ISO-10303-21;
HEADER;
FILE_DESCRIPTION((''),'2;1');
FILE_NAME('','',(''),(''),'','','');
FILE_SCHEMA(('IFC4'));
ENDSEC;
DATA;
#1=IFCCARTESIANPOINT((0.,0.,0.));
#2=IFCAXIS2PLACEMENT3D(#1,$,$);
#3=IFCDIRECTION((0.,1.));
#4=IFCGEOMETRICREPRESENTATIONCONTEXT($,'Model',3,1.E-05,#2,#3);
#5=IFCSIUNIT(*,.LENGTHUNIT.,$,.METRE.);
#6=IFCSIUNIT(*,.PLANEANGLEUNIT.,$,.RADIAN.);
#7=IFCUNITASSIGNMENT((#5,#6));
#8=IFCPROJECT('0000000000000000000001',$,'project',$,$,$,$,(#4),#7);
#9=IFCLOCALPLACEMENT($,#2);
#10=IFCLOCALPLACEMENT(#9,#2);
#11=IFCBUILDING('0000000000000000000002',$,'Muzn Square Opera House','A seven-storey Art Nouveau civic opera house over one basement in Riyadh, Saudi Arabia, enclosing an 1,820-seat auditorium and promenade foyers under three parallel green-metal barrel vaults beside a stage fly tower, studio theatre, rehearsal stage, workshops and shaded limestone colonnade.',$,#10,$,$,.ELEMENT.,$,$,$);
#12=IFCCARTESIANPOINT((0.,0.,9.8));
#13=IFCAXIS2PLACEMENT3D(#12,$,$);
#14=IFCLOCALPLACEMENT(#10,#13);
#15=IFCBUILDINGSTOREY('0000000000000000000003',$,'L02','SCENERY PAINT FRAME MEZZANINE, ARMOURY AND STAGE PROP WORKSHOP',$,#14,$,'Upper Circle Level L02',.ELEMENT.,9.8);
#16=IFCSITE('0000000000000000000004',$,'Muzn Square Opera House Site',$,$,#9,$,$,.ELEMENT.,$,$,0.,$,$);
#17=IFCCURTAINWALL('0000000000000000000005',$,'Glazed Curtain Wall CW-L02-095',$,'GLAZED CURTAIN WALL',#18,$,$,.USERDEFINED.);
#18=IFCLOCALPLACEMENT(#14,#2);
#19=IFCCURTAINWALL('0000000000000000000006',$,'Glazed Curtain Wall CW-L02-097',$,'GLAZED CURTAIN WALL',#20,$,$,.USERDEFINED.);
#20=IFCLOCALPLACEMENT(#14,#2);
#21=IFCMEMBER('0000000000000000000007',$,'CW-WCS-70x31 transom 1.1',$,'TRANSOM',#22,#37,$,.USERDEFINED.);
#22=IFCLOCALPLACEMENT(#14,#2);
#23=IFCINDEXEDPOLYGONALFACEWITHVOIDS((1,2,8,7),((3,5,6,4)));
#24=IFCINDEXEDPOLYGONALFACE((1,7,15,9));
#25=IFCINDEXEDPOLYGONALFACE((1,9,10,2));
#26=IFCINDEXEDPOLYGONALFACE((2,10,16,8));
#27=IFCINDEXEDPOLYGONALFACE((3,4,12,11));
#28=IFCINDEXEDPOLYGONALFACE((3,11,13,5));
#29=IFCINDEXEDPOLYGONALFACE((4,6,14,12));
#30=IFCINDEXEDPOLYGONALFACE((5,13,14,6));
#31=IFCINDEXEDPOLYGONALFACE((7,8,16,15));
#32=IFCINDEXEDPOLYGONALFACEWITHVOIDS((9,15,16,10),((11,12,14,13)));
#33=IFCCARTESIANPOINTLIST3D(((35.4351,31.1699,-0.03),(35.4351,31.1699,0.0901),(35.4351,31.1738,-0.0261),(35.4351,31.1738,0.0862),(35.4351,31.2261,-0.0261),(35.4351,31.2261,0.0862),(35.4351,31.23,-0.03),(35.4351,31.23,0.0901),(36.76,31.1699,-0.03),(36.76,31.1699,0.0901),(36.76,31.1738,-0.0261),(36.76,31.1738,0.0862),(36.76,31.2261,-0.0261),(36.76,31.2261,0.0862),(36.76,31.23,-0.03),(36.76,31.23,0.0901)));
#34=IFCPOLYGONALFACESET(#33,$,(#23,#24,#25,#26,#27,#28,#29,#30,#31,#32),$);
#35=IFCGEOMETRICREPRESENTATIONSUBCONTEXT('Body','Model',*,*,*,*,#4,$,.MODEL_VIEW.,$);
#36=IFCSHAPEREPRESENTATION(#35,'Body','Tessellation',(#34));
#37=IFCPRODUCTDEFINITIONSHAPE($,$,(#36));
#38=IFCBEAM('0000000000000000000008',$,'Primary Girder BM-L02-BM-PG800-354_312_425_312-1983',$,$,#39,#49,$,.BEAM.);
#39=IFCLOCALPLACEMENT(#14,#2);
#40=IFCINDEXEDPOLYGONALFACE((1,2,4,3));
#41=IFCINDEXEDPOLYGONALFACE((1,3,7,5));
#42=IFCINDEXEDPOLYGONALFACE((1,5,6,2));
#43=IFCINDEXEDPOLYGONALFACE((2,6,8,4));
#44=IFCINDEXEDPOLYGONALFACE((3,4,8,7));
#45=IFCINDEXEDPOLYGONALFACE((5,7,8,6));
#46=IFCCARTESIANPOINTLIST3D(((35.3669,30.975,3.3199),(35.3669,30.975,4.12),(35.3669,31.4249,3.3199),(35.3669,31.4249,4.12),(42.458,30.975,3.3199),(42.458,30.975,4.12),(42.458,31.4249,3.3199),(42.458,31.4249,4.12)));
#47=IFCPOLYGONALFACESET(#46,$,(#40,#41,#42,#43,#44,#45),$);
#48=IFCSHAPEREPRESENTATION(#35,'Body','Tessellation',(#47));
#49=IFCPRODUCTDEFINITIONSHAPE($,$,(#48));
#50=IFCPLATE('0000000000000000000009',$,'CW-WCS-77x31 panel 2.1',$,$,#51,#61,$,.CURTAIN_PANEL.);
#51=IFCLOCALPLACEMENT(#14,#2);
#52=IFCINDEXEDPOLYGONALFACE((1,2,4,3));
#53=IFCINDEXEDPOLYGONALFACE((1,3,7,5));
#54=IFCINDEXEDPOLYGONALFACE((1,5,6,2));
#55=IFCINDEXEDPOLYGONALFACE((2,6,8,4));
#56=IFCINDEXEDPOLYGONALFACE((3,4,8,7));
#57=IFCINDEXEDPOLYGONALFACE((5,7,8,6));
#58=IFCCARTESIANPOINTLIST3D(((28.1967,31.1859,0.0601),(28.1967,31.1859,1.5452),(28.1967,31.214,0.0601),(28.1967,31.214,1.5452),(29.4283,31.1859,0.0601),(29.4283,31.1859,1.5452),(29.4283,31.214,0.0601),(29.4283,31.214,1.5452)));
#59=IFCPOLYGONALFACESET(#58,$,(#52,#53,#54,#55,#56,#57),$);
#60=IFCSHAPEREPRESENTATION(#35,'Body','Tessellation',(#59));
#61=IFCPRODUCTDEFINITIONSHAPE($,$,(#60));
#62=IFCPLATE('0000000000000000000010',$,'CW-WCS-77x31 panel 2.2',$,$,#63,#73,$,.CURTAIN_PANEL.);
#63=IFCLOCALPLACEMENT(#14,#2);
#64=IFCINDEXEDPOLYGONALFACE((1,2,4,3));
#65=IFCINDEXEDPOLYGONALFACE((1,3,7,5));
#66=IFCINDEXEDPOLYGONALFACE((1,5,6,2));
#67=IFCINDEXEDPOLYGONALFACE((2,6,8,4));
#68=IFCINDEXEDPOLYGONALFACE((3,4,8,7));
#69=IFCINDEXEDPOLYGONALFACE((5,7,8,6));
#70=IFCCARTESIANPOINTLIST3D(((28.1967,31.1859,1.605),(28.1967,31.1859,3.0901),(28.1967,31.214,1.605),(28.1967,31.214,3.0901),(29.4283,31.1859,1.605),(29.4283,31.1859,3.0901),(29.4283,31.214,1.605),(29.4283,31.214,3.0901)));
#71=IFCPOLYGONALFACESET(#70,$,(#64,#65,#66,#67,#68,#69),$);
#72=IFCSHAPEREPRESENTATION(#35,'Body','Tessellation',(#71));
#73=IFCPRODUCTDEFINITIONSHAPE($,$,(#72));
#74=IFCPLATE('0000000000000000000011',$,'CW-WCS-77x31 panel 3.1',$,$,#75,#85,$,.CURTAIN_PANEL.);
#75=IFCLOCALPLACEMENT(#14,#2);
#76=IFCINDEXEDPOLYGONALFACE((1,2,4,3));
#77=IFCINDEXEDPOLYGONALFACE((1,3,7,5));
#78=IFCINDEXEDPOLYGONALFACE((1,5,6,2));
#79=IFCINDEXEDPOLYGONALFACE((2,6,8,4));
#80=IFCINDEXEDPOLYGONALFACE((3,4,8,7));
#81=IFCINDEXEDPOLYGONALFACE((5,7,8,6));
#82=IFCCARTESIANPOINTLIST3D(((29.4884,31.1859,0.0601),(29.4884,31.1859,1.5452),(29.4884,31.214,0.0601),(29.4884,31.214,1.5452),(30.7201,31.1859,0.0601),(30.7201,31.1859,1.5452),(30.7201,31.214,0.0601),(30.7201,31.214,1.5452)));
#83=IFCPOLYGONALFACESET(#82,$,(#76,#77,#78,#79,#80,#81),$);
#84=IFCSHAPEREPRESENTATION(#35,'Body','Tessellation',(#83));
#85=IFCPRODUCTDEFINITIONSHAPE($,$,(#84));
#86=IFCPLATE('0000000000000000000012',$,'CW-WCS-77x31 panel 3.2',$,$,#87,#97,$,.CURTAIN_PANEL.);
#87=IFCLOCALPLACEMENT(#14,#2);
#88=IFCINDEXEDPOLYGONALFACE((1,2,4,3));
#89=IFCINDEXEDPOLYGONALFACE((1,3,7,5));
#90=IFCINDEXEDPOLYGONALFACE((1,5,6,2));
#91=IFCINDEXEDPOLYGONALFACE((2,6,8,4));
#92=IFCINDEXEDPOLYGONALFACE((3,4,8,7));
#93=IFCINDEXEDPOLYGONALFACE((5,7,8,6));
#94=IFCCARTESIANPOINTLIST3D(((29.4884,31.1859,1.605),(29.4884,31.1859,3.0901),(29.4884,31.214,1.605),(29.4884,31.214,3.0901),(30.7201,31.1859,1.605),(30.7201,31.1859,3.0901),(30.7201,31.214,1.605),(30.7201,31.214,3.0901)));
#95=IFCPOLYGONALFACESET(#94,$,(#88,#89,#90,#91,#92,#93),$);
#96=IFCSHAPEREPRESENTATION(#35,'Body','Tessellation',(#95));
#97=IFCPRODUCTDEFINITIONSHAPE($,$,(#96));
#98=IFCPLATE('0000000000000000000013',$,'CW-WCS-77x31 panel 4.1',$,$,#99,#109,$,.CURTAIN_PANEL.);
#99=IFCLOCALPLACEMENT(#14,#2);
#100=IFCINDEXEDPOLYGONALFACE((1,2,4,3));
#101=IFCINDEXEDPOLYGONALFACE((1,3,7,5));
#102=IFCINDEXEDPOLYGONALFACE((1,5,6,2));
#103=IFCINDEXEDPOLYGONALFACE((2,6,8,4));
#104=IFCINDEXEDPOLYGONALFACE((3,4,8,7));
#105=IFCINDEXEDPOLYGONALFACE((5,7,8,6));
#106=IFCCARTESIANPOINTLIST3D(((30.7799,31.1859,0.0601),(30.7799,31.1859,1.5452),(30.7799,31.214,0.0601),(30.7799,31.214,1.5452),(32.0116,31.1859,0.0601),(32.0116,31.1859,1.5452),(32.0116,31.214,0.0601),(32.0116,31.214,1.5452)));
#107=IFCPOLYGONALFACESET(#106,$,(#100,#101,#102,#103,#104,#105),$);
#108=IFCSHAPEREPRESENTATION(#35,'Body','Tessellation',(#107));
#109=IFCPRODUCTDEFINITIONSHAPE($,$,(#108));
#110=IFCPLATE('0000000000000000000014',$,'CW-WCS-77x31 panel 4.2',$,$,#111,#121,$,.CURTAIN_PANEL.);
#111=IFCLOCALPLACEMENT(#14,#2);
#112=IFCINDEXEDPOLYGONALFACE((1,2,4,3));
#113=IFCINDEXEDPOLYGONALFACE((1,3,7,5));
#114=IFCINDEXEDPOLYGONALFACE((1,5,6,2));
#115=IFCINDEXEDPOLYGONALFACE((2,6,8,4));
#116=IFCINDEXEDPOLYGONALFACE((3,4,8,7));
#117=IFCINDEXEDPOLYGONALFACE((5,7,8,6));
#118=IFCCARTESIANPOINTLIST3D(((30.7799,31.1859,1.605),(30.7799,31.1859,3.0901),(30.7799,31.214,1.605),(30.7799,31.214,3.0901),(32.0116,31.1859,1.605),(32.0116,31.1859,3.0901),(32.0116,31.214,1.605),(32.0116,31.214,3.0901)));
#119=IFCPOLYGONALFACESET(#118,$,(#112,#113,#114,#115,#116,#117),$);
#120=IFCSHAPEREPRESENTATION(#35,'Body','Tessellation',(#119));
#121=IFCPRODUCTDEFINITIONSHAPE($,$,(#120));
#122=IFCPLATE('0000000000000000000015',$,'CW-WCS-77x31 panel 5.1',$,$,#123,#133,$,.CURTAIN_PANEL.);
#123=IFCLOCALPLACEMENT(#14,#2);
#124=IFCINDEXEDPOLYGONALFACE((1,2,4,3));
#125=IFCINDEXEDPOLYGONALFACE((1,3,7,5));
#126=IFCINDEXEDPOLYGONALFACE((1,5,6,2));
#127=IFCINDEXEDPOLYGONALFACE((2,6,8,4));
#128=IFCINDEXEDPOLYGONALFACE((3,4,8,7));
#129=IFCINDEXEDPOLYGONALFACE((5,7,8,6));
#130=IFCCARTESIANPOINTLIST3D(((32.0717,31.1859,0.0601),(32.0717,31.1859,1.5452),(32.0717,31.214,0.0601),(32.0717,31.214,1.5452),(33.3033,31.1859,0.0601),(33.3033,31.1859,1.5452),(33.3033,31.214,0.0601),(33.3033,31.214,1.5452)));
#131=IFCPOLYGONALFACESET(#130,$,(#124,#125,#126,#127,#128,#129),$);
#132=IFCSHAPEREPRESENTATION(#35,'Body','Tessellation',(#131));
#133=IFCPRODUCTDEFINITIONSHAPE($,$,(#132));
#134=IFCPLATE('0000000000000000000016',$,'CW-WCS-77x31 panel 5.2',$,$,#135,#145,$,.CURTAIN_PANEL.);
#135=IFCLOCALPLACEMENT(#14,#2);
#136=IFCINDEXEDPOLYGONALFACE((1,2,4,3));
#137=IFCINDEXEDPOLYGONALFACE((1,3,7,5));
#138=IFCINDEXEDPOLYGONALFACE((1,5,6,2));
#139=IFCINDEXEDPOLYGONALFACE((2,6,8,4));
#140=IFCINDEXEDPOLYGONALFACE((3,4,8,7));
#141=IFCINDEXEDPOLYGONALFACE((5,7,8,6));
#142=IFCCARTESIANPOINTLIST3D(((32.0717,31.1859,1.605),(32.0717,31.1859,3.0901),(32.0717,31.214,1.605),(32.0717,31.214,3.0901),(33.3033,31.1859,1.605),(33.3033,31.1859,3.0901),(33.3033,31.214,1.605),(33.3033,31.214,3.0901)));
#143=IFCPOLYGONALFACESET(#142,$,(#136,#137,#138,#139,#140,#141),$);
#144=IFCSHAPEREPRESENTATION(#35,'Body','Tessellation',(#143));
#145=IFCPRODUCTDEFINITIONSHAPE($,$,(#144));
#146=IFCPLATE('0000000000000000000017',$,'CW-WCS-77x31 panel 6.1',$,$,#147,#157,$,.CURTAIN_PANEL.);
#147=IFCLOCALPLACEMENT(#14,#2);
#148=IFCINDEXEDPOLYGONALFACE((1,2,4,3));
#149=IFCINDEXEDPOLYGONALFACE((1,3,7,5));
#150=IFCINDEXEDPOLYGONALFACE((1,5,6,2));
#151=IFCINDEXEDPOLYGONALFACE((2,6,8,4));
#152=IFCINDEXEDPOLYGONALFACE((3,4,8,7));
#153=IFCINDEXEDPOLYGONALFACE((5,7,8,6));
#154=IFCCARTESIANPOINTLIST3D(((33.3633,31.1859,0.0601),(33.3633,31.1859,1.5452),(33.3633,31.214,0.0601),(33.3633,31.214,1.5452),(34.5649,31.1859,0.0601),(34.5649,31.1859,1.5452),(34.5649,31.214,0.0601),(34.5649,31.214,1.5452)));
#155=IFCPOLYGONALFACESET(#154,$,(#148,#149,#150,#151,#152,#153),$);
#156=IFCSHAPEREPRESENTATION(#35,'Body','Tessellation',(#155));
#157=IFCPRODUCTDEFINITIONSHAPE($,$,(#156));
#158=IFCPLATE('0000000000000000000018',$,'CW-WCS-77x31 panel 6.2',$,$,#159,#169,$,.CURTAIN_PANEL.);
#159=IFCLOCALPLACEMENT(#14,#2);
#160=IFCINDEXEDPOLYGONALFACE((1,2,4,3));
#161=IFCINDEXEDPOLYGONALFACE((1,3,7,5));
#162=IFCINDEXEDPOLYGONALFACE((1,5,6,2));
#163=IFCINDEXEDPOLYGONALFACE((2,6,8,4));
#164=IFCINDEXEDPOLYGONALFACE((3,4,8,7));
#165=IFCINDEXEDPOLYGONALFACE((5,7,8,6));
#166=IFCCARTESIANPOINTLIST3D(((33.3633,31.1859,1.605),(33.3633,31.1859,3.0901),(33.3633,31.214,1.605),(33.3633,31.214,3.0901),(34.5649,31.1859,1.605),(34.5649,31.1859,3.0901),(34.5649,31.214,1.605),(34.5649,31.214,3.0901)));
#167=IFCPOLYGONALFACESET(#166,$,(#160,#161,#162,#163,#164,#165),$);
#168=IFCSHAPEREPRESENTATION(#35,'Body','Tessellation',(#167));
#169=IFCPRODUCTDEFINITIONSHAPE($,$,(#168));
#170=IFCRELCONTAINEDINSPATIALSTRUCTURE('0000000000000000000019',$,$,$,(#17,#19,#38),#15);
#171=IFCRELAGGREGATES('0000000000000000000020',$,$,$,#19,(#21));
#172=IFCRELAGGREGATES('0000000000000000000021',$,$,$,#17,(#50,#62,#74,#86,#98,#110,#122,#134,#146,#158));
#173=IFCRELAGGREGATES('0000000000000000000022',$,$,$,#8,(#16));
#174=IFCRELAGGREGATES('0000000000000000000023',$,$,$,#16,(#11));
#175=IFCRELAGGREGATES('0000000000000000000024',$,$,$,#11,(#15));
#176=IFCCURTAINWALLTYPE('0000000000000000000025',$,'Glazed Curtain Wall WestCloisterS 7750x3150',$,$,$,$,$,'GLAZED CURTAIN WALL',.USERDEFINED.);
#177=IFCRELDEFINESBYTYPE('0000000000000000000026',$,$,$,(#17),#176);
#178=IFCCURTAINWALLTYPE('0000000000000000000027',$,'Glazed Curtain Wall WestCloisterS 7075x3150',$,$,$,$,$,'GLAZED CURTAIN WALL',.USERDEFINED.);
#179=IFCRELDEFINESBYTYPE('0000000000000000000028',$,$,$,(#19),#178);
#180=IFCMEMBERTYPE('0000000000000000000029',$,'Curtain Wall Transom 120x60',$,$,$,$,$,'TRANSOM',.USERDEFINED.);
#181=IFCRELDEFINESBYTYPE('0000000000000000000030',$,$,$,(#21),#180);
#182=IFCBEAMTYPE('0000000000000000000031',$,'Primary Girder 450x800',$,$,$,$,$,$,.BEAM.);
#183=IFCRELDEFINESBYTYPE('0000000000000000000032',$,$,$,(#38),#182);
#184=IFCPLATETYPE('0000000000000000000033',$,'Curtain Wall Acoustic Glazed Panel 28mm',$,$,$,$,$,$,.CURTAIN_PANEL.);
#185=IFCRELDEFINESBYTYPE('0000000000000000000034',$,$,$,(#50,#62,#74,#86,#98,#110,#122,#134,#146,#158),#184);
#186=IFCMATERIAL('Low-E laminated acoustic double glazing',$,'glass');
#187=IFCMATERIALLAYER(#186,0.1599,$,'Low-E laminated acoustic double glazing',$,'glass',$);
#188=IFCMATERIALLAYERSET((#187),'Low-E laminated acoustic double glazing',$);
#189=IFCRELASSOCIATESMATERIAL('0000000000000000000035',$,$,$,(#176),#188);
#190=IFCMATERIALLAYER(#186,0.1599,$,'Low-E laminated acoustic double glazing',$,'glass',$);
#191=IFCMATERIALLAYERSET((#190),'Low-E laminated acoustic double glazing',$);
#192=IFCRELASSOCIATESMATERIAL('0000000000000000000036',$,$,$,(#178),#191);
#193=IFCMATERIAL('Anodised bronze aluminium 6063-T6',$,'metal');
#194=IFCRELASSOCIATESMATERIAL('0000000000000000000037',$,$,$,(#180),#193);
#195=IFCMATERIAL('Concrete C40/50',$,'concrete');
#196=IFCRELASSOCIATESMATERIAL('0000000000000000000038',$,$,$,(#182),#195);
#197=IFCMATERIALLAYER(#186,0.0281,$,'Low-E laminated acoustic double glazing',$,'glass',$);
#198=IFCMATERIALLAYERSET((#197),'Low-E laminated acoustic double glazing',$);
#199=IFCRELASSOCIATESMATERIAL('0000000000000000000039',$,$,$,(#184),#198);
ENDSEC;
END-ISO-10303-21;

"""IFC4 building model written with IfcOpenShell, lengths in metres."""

from ifc_helpers import new_model, si_unit, direction, frame, origin, origin_2d, place, context, subcontext, project, spatial, rectangle, hollow_rectangle, extrude, material, layer, layer_set, material_profile, profile_set, type_object, element, aggregate, save


model = new_model("IFC4")

# Units and contexts
model_context = context("Model", 3, precision=1e-05, world=origin(), true_north=direction((0.0, 1.0)))
body_context = subcontext(model_context, "Body", "Model", "MODEL_VIEW")
ifc_project = project(units=[si_unit("LENGTHUNIT", "METRE"), si_unit("PLANEANGLEUNIT", "RADIAN")], contexts=[model_context])

# Site, building, storey
site_placement = place(None, origin())
site = spatial("IfcSite", under=ifc_project, at=site_placement, Name="Muzn Square Opera House Site", CompositionType="ELEMENT", RefElevation=0.0)
building_placement = place(site_placement, origin())
building = spatial("IfcBuilding", under=site, at=building_placement, Name="Muzn Square Opera House", Description="A seven-storey Art Nouveau civic opera house over one basement in Riyadh, Saudi Arabia, enclosing an 1,820-seat auditorium and promenade foyers under three parallel green-metal barrel vaults beside a stage fly tower, studio theatre, rehearsal stage, workshops and shaded limestone colonnade.", CompositionType="ELEMENT")
storey_placement = place(building_placement, frame((0.0, 0.0, 9.8)))
storey = spatial("IfcBuildingStorey", under=building, at=storey_placement, Name="L02", Description="SCENERY PAINT FRAME MEZZANINE, ARMOURY AND STAGE PROP WORKSHOP", LongName="Upper Circle Level L02", CompositionType="ELEMENT", Elevation=9.8)

# Curtain wall
ifc_material_1 = material(Name="Low-E laminated acoustic double glazing", Category="glass")
ifc_layer_1 = layer(ifc_material_1, 0.1599, Name="Low-E laminated acoustic double glazing", Category="glass")
ifc_layer_set_1 = layer_set([ifc_layer_1], Name="Low-E laminated acoustic double glazing")
curtain_wall_type_1 = type_object("IfcCurtainWallType", Name="Glazed Curtain Wall WestCloisterS 7750x3150", ElementType="GLAZED CURTAIN WALL", PredefinedType="USERDEFINED", material=ifc_layer_set_1)
curtain_wall_1_placement = place(storey_placement, origin())
curtain_wall_1 = element("IfcCurtainWall", 1, at=curtain_wall_1_placement, inside=storey, type_object=curtain_wall_type_1, Name="Glazed Curtain Wall CW-L02-095", ObjectType="GLAZED CURTAIN WALL", PredefinedType="USERDEFINED")
ifc_material_2 = material(Name="Anodised bronze aluminium 6063-T6", Category="metal")

# Curtain wall
ifc_layer_2 = layer(ifc_material_1, 0.1599, Name="Low-E laminated acoustic double glazing", Category="glass")
ifc_layer_set_2 = layer_set([ifc_layer_2], Name="Low-E laminated acoustic double glazing")
curtain_wall_type_2 = type_object("IfcCurtainWallType", Name="Glazed Curtain Wall WestCloisterS 7075x3150", ElementType="GLAZED CURTAIN WALL", PredefinedType="USERDEFINED", material=ifc_layer_set_2)
curtain_wall_2_placement = place(storey_placement, origin())
curtain_wall_2 = element("IfcCurtainWall", 2, at=curtain_wall_2_placement, inside=storey, type_object=curtain_wall_type_2, Name="Glazed Curtain Wall CW-L02-097", ObjectType="GLAZED CURTAIN WALL", PredefinedType="USERDEFINED")

# Member
ifc_material_profile_1 = material_profile(ifc_material_2, hollow_rectangle(XDim=0.0601, YDim=0.1201, WallThickness=0.0039, at=origin_2d()), Name="ALU 120x60x4", Category="metal")
ifc_profile_set_1 = profile_set([ifc_material_profile_1], Name="Anodised bronze aluminium 6063-T6")
member_type_1 = type_object("IfcMemberType", Name="Curtain Wall Transom 120x60", ElementType="TRANSOM", PredefinedType="USERDEFINED", material=ifc_profile_set_1)
member_1_placement = place(storey_placement, frame((35.4351, 31.2, 0.03), z_axis=(1.0, 0.0, 0.0), x_axis=(0.0, 1.0, 0.0)))
member_1 = element("IfcMember", 3, at=member_1_placement, type_object=member_type_1, Name="CW-WCS-70x31 transom 1.1", ObjectType="TRANSOM", PredefinedType="USERDEFINED", context=body_context, shape_type="SweptSolid", body=[
    extrude(hollow_rectangle(XDim=0.0601, YDim=0.1201, WallThickness=0.0039, at=origin_2d()), origin(), (0.0, 0.0, 1.0), 1.325),
])
aggregate(curtain_wall_2, [member_1])

# Beam
ifc_material_3 = material(Name="Concrete C40/50", Category="concrete")
ifc_material_profile_2 = material_profile(ifc_material_3, rectangle(XDim=0.45, YDim=0.8, at=origin_2d()), Name="RCB 450x800", Category="concrete")
ifc_profile_set_2 = profile_set([ifc_material_profile_2], Name="Concrete C40/50")
beam_type = type_object("IfcBeamType", Name="Primary Girder 450x800", PredefinedType="BEAM", material=ifc_profile_set_2)
beam_placement = place(storey_placement, frame((35.3669, 31.2, 3.72), z_axis=(1.0, 0.0, 0.0), x_axis=(0.0, 1.0, 0.0)))
element("IfcBeam", 4, at=beam_placement, inside=storey, type_object=beam_type, Name="Primary Girder BM-L02-BM-PG800-354_312_425_312-1983", PredefinedType="BEAM", context=body_context, shape_type="SweptSolid", body=[
    extrude(rectangle(XDim=0.45, YDim=0.8, at=origin_2d()), origin(), (0.0, 0.0, 1.0), 7.0911),
])

# Plates
ifc_layer_3 = layer(ifc_material_1, 0.0281, Name="Low-E laminated acoustic double glazing", Category="glass")
ifc_layer_set_3 = layer_set([ifc_layer_3], Name="Low-E laminated acoustic double glazing")
plate_type = type_object("IfcPlateType", Name="Curtain Wall Acoustic Glazed Panel 28mm", PredefinedType="CURTAIN_PANEL", material=ifc_layer_set_3)
plate_1_placement = place(storey_placement, frame((28.8125, 31.2, 0.0601), z_axis=(0.0, 0.0, 1.0), x_axis=(1.0, 0.0, 0.0)))
plate_1 = element("IfcPlate", 5, at=plate_1_placement, type_object=plate_type, Name="CW-WCS-77x31 panel 2.1", PredefinedType="CURTAIN_PANEL", context=body_context, shape_type="SweptSolid", body=[
    extrude(rectangle(XDim=1.2317, YDim=0.0281, at=origin_2d()), origin(), (0.0, 0.0, 1.0), 1.4851),
])
plate_2_placement = place(storey_placement, frame((28.8125, 31.2, 1.605), z_axis=(0.0, 0.0, 1.0), x_axis=(1.0, 0.0, 0.0)))
plate_2 = element("IfcPlate", 6, at=plate_2_placement, type_object=plate_type, Name="CW-WCS-77x31 panel 2.2", PredefinedType="CURTAIN_PANEL", context=body_context, shape_type="SweptSolid", body=[
    extrude(rectangle(XDim=1.2317, YDim=0.0281, at=origin_2d()), origin(), (0.0, 0.0, 1.0), 1.4851),
])
plate_3_placement = place(storey_placement, frame((30.1042, 31.2, 0.0601), z_axis=(0.0, 0.0, 1.0), x_axis=(1.0, 0.0, 0.0)))
plate_3 = element("IfcPlate", 7, at=plate_3_placement, type_object=plate_type, Name="CW-WCS-77x31 panel 3.1", PredefinedType="CURTAIN_PANEL", context=body_context, shape_type="SweptSolid", body=[
    extrude(rectangle(XDim=1.2317, YDim=0.0281, at=origin_2d()), origin(), (0.0, 0.0, 1.0), 1.4851),
])
plate_4_placement = place(storey_placement, frame((30.1042, 31.2, 1.605), z_axis=(0.0, 0.0, 1.0), x_axis=(1.0, 0.0, 0.0)))
plate_4 = element("IfcPlate", 8, at=plate_4_placement, type_object=plate_type, Name="CW-WCS-77x31 panel 3.2", PredefinedType="CURTAIN_PANEL", context=body_context, shape_type="SweptSolid", body=[
    extrude(rectangle(XDim=1.2317, YDim=0.0281, at=origin_2d()), origin(), (0.0, 0.0, 1.0), 1.4851),
])
plate_5_placement = place(storey_placement, frame((31.3958, 31.2, 0.0601), z_axis=(0.0, 0.0, 1.0), x_axis=(1.0, 0.0, 0.0)))
plate_5 = element("IfcPlate", 9, at=plate_5_placement, type_object=plate_type, Name="CW-WCS-77x31 panel 4.1", PredefinedType="CURTAIN_PANEL", context=body_context, shape_type="SweptSolid", body=[
    extrude(rectangle(XDim=1.2317, YDim=0.0281, at=origin_2d()), origin(), (0.0, 0.0, 1.0), 1.4851),
])
plate_6_placement = place(storey_placement, frame((31.3958, 31.2, 1.605), z_axis=(0.0, 0.0, 1.0), x_axis=(1.0, 0.0, 0.0)))
plate_6 = element("IfcPlate", 10, at=plate_6_placement, type_object=plate_type, Name="CW-WCS-77x31 panel 4.2", PredefinedType="CURTAIN_PANEL", context=body_context, shape_type="SweptSolid", body=[
    extrude(rectangle(XDim=1.2317, YDim=0.0281, at=origin_2d()), origin(), (0.0, 0.0, 1.0), 1.4851),
])
plate_7_placement = place(storey_placement, frame((32.6875, 31.2, 0.0601), z_axis=(0.0, 0.0, 1.0), x_axis=(1.0, 0.0, 0.0)))
plate_7 = element("IfcPlate", 11, at=plate_7_placement, type_object=plate_type, Name="CW-WCS-77x31 panel 5.1", PredefinedType="CURTAIN_PANEL", context=body_context, shape_type="SweptSolid", body=[
    extrude(rectangle(XDim=1.2317, YDim=0.0281, at=origin_2d()), origin(), (0.0, 0.0, 1.0), 1.4851),
])
plate_8_placement = place(storey_placement, frame((32.6875, 31.2, 1.605), z_axis=(0.0, 0.0, 1.0), x_axis=(1.0, 0.0, 0.0)))
plate_8 = element("IfcPlate", 12, at=plate_8_placement, type_object=plate_type, Name="CW-WCS-77x31 panel 5.2", PredefinedType="CURTAIN_PANEL", context=body_context, shape_type="SweptSolid", body=[
    extrude(rectangle(XDim=1.2317, YDim=0.0281, at=origin_2d()), origin(), (0.0, 0.0, 1.0), 1.4851),
])
plate_9_placement = place(storey_placement, frame((33.9641, 31.2, 0.0601), z_axis=(0.0, 0.0, 1.0), x_axis=(1.0, 0.0, 0.0)))
plate_9 = element("IfcPlate", 13, at=plate_9_placement, type_object=plate_type, Name="CW-WCS-77x31 panel 6.1", PredefinedType="CURTAIN_PANEL", context=body_context, shape_type="SweptSolid", body=[
    extrude(rectangle(XDim=1.2017, YDim=0.0281, at=origin_2d()), origin(), (0.0, 0.0, 1.0), 1.4851),
])
plate_10_placement = place(storey_placement, frame((33.9641, 31.2, 1.605), z_axis=(0.0, 0.0, 1.0), x_axis=(1.0, 0.0, 0.0)))
plate_10 = element("IfcPlate", 14, at=plate_10_placement, type_object=plate_type, Name="CW-WCS-77x31 panel 6.2", PredefinedType="CURTAIN_PANEL", context=body_context, shape_type="SweptSolid", body=[
    extrude(rectangle(XDim=1.2017, YDim=0.0281, at=origin_2d()), origin(), (0.0, 0.0, 1.0), 1.4851),
])
aggregate(curtain_wall_1, [plate_1, plate_2, plate_3, plate_4, plate_5, plate_6, plate_7, plate_8, plate_9, plate_10])

save(model, "model.ifc")
